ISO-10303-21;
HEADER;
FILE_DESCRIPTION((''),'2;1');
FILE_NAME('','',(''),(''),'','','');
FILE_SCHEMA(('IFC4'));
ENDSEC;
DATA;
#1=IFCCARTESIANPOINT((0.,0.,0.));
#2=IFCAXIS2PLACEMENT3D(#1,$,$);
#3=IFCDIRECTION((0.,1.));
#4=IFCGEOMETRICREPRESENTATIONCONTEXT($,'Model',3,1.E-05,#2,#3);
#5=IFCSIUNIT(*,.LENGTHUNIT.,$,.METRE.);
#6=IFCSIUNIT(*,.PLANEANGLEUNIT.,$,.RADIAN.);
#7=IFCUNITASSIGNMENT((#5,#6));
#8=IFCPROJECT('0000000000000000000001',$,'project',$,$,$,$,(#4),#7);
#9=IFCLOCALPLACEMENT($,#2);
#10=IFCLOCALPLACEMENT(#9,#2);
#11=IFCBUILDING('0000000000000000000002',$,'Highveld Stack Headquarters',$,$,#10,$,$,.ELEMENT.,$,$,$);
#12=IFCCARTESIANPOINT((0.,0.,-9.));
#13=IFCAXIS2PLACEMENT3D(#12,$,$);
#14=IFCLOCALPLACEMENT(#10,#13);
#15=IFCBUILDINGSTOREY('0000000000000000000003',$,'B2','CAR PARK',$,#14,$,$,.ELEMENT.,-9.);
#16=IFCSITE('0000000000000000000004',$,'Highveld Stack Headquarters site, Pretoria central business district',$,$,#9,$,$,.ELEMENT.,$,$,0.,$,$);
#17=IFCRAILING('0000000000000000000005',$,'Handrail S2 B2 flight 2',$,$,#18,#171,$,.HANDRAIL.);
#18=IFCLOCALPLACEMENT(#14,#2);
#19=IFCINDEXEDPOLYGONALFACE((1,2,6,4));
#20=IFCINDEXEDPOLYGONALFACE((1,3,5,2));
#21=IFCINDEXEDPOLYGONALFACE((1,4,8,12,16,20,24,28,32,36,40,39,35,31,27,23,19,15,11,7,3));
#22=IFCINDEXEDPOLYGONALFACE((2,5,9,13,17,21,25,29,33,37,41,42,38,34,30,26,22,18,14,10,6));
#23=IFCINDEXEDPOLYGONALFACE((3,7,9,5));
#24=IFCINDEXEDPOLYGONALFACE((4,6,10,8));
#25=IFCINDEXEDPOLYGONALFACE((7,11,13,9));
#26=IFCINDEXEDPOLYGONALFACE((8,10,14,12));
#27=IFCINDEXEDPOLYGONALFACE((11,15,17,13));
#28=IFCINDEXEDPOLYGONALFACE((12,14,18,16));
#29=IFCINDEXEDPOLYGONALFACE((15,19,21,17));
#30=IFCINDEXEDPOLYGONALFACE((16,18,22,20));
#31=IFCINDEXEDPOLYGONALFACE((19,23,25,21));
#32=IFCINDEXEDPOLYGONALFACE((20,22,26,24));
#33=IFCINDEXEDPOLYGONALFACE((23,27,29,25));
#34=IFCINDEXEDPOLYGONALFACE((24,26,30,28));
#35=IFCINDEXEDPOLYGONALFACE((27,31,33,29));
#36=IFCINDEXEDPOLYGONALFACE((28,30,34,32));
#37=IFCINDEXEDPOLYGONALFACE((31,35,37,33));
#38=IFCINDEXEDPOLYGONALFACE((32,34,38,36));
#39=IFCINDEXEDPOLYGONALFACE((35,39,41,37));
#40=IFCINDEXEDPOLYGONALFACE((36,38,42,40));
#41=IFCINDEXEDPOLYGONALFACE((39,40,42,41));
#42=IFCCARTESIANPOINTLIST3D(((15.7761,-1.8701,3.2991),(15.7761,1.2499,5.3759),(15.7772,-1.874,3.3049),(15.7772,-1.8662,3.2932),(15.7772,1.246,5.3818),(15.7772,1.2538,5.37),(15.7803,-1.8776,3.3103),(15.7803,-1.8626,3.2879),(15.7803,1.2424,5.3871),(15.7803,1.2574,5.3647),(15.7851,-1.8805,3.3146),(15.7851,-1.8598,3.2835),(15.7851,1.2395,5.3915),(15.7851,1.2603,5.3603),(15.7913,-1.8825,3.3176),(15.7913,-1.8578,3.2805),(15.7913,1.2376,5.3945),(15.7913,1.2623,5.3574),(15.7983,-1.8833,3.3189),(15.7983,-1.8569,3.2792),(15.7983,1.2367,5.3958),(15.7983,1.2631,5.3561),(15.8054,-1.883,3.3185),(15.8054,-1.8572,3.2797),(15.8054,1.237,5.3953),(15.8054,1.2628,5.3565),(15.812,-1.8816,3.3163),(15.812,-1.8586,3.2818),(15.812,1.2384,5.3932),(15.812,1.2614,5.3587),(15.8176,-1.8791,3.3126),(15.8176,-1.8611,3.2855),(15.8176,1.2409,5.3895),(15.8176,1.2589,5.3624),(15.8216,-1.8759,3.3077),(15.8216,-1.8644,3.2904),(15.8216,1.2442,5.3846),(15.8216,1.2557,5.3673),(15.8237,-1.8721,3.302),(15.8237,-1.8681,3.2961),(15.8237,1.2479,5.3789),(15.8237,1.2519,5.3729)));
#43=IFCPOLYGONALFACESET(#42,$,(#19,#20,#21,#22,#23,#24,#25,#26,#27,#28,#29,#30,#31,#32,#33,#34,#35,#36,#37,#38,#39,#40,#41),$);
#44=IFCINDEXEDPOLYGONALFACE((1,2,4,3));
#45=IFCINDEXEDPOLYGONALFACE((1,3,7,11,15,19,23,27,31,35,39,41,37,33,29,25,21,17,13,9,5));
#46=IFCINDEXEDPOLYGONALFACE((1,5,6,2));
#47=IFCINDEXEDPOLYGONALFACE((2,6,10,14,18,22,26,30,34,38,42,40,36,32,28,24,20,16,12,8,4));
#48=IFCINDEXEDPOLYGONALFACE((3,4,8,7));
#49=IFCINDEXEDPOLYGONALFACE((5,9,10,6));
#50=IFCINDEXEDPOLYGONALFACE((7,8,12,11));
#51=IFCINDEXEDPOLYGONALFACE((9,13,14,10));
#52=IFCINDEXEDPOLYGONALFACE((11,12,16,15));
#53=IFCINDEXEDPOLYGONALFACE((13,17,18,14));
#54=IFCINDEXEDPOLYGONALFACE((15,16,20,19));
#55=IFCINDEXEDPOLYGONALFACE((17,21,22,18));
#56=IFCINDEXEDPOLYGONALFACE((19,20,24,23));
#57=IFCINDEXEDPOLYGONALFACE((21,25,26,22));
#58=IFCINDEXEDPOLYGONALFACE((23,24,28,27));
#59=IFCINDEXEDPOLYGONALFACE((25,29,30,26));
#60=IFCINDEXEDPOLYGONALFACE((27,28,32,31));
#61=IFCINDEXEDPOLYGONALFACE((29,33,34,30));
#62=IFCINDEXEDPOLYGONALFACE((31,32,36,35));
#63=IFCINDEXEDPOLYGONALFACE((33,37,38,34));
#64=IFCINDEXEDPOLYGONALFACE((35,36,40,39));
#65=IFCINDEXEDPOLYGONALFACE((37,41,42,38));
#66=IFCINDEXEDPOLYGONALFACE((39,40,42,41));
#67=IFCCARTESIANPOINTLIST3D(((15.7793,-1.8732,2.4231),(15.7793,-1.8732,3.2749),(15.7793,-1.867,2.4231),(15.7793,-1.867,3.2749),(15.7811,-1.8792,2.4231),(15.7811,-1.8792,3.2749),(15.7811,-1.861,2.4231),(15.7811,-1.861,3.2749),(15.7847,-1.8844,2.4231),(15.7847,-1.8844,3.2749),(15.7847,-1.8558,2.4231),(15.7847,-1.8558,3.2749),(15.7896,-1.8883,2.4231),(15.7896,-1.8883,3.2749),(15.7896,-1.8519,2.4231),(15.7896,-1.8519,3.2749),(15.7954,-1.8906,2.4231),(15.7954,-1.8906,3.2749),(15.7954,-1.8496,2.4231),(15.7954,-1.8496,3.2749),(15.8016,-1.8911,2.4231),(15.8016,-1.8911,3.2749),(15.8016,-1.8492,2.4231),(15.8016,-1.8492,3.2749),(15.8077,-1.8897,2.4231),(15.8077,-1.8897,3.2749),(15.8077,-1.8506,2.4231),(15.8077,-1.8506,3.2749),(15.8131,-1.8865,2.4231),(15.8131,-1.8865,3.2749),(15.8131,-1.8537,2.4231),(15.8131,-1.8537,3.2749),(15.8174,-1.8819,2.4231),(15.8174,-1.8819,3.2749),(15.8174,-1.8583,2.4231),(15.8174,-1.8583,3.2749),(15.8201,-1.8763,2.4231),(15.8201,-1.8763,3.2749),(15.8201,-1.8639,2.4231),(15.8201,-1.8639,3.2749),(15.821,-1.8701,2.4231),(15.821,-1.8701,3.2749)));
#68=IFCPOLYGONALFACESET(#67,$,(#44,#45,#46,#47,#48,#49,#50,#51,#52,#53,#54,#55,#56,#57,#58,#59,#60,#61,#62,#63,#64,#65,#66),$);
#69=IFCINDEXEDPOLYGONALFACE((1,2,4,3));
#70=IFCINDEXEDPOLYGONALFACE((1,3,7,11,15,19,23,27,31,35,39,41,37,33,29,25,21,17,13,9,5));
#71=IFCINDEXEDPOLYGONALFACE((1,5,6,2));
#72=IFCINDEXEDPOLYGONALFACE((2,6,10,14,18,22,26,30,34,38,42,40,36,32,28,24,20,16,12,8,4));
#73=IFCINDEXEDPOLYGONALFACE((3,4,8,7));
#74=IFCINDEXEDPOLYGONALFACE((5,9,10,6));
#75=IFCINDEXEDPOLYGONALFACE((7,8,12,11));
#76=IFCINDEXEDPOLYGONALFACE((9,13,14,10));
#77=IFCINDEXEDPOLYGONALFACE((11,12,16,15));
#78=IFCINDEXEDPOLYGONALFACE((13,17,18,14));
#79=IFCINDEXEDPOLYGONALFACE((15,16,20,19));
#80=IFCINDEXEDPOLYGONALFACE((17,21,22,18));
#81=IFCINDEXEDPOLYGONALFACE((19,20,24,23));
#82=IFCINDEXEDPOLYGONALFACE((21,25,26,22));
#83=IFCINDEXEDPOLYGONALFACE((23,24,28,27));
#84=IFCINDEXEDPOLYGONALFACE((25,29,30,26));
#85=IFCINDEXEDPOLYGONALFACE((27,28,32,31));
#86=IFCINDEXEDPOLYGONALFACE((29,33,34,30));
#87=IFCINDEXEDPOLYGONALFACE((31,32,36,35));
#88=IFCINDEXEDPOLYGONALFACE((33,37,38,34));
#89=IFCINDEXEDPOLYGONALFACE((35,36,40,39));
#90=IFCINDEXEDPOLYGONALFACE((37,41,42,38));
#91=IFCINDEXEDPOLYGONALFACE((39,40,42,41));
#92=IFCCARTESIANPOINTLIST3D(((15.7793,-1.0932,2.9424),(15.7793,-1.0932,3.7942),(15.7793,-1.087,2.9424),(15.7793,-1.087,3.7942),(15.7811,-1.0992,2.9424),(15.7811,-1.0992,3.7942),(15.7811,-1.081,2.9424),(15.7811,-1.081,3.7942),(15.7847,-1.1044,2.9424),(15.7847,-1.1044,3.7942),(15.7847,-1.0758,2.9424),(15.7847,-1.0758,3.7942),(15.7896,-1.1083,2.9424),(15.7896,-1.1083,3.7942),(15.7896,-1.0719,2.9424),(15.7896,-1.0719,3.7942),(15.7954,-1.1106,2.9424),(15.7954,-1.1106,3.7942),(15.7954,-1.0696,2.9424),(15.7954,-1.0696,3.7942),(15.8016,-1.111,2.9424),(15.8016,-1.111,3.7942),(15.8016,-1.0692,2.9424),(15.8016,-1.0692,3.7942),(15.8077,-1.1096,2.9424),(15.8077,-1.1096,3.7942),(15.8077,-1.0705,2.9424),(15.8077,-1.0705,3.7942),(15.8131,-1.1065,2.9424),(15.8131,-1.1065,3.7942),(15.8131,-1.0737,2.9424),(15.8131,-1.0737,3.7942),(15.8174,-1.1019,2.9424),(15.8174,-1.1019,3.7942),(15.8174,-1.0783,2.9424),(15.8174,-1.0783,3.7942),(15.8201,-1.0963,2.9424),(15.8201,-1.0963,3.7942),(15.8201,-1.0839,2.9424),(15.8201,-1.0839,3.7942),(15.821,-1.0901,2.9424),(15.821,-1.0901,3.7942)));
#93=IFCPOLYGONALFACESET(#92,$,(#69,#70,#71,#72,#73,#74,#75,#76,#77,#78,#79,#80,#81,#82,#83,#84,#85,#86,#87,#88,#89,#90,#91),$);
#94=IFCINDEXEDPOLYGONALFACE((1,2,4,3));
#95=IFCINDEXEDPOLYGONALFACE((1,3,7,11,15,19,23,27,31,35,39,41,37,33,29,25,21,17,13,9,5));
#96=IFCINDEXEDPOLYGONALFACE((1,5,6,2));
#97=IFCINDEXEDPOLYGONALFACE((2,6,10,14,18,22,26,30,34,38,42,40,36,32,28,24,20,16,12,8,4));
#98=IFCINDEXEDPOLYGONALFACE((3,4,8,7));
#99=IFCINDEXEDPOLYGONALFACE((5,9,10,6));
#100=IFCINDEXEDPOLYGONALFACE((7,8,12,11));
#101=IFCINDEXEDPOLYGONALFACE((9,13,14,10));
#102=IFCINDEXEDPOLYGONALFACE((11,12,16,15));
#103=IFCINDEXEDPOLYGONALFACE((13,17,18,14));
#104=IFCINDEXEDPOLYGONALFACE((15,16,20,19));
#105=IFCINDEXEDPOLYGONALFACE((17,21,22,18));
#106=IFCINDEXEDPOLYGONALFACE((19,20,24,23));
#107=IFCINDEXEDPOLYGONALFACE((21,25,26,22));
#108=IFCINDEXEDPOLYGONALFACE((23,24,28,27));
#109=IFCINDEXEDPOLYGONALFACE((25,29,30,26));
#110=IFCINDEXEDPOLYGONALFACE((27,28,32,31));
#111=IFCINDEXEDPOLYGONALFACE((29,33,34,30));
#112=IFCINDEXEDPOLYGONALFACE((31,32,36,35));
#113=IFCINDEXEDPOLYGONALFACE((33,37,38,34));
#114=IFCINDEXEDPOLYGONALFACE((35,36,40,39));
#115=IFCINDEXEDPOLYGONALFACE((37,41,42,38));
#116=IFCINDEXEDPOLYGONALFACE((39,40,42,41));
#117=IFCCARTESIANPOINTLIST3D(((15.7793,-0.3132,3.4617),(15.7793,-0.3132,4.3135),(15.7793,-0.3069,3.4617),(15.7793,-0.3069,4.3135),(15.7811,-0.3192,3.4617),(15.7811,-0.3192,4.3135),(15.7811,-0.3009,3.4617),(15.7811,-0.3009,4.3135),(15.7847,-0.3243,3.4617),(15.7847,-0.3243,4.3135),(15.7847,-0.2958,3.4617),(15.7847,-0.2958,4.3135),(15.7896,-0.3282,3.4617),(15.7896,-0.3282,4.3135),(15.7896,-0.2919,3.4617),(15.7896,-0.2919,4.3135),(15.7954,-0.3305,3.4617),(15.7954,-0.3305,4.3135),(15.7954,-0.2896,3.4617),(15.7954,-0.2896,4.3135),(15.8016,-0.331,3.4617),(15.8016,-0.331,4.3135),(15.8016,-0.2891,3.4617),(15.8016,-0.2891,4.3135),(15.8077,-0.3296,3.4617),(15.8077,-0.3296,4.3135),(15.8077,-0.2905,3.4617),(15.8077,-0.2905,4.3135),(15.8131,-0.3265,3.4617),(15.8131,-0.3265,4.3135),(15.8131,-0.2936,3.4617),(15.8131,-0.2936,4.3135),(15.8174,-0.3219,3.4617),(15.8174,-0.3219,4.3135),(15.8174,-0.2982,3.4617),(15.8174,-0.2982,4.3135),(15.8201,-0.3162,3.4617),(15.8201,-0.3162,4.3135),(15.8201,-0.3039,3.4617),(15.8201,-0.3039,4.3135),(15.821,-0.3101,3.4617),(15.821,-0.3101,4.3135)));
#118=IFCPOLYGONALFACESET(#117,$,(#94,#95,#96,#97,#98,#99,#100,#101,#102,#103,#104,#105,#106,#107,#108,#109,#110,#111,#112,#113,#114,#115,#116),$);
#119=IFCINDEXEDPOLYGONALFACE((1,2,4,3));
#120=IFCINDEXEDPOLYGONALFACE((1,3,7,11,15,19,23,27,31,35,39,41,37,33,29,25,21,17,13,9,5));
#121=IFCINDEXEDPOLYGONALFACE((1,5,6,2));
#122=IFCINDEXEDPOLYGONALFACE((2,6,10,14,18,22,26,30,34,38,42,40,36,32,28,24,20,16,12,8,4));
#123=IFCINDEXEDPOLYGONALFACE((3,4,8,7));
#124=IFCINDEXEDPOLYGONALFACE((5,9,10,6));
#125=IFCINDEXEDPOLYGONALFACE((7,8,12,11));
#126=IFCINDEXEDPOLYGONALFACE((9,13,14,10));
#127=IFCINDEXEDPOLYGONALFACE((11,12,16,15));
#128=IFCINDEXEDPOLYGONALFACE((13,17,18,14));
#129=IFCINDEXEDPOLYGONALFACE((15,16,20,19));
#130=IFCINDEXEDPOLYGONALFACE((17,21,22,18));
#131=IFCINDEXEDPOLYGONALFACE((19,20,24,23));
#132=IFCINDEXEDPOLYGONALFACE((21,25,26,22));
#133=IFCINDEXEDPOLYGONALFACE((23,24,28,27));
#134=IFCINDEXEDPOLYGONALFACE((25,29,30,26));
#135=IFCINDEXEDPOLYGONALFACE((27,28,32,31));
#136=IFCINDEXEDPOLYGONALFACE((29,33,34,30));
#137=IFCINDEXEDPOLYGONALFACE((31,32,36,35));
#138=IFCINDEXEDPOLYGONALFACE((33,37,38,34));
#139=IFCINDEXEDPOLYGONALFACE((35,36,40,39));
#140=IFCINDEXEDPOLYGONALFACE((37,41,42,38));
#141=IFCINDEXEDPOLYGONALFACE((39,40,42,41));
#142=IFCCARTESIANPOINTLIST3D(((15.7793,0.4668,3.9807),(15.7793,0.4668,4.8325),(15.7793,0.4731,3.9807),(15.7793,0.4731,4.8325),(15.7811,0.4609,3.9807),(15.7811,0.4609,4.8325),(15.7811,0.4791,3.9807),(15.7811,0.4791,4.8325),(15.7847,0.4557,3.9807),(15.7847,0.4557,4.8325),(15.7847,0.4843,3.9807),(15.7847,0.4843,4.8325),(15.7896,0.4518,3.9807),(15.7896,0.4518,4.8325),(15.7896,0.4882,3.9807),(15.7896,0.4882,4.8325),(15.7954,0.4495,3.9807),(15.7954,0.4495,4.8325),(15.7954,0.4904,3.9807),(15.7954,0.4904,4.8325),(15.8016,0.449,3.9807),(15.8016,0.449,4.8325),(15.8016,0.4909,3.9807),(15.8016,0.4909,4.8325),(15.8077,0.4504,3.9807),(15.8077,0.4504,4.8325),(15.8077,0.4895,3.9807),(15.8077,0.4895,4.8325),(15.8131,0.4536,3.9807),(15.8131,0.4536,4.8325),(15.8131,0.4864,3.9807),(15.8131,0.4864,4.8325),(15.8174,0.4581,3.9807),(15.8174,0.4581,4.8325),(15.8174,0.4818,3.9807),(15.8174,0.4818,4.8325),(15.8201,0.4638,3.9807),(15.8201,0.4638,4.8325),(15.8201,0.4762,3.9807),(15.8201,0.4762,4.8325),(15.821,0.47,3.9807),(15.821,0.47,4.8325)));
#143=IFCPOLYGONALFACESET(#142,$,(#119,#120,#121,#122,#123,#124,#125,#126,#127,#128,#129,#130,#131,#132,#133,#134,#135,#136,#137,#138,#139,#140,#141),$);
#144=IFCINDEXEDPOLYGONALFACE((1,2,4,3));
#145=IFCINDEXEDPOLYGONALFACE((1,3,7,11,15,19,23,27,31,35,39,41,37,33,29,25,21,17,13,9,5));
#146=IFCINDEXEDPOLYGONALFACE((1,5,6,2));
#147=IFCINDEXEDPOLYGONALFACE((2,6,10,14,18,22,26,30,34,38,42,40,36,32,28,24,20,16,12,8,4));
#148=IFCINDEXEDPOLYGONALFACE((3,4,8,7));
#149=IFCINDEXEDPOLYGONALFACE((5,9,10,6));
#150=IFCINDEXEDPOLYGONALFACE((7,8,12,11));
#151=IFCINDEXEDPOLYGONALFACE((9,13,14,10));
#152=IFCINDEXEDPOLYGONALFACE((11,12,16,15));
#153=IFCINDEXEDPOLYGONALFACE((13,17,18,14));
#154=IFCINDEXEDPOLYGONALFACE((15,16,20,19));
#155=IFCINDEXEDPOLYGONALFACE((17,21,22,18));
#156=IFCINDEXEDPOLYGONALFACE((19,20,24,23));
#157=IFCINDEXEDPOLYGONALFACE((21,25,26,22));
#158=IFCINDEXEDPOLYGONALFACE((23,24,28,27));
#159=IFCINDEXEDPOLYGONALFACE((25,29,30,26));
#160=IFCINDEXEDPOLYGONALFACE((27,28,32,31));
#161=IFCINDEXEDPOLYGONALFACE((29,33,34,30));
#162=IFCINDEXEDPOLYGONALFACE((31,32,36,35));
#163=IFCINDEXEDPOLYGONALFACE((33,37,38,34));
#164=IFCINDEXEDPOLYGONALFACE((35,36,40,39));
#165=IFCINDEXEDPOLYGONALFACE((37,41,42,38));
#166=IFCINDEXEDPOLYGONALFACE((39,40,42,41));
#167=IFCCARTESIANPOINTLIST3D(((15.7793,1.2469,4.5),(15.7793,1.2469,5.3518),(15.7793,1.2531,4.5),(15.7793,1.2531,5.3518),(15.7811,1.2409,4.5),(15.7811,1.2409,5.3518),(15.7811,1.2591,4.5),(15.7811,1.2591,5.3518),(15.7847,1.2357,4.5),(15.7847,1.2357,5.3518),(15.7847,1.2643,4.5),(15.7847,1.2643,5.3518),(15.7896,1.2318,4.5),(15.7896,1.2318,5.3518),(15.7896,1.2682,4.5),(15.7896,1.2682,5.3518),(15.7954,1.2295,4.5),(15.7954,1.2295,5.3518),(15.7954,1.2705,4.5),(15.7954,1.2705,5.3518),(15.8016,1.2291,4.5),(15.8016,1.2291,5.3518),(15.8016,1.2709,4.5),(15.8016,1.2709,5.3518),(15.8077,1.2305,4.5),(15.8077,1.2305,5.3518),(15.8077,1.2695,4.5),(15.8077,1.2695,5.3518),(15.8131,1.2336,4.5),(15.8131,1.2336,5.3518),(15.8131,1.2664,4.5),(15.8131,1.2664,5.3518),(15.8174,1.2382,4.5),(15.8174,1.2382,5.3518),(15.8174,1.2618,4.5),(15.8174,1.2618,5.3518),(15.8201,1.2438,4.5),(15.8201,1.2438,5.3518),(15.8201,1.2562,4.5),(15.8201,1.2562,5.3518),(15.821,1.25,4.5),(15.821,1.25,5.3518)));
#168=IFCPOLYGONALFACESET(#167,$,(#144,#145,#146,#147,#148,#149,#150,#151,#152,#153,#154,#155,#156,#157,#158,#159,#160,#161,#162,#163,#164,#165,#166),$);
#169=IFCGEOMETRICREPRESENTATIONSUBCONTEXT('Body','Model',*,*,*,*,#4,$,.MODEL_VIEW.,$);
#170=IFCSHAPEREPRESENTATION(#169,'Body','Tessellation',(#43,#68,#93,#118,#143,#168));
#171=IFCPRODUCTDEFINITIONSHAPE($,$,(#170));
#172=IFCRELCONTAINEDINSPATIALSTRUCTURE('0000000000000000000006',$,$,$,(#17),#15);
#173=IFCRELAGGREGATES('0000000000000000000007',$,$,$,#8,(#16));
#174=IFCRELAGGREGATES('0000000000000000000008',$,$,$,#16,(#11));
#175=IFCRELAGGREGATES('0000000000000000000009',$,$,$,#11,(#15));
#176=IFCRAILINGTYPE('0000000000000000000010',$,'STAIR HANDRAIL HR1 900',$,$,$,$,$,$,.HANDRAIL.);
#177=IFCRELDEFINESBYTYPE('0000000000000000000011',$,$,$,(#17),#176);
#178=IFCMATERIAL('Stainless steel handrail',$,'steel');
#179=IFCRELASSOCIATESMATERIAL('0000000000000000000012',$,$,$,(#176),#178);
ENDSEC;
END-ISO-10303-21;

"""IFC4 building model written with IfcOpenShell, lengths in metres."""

from ifc_helpers import new_model, si_unit, direction, frame, origin, origin_2d, place, context, subcontext, project, spatial, circle, extrude, material, type_object, element, save


model = new_model("IFC4")

# Units and contexts
model_context = context("Model", 3, precision=1e-05, world=origin(), true_north=direction((0.0, 1.0)))
body_context = subcontext(model_context, "Body", "Model", "MODEL_VIEW")
ifc_project = project(units=[si_unit("LENGTHUNIT", "METRE"), si_unit("PLANEANGLEUNIT", "RADIAN")], contexts=[model_context])

# Site, building, storey
site_placement = place(None, origin())
site = spatial("IfcSite", under=ifc_project, at=site_placement, Name="Highveld Stack Headquarters site, Pretoria central business district", CompositionType="ELEMENT", RefElevation=0.0)
building_placement = place(site_placement, origin())
building = spatial("IfcBuilding", under=site, at=building_placement, Name="Highveld Stack Headquarters", CompositionType="ELEMENT")
storey_placement = place(building_placement, frame((0.0, 0.0, -9.0)))
storey = spatial("IfcBuildingStorey", under=building, at=storey_placement, Name="B2", Description="CAR PARK", CompositionType="ELEMENT", Elevation=-9.0)

# Railing
ifc_material_1 = material(Name="Stainless steel handrail", Category="steel")
railing_type = type_object("IfcRailingType", Name="STAIR HANDRAIL HR1 900", PredefinedType="HANDRAIL", material=ifc_material_1)
for number, where, name in (
    (1, (15.8, -1.8701, 2.4231), "Handrail S2 B2 flight 2"),
):
    element("IfcRailing", number, at=place(storey_placement, frame(where)), inside=storey, type_object=railing_type, Name=name, PredefinedType="HANDRAIL", context=body_context, shape_type="SweptSolid", body=[
        extrude(circle(Radius=0.0239, at=origin_2d()), frame((0.0, 0.0, 0.876), z_axis=(0.0, 0.832441, 0.554114), x_axis=(-1.0, 0.0, 0.0)), (0.0, 0.0, 1.0), 3.748),
        extrude(circle(Radius=0.021, at=origin_2d()), origin(), (0.0, 0.0, 1.0), 0.8518),
        extrude(circle(Radius=0.021, at=origin_2d()), frame((0.0, 0.78, 0.5193)), (0.0, 0.0, 1.0), 0.8518),
        extrude(circle(Radius=0.021, at=origin_2d()), frame((0.0, 1.5601, 1.0386)), (0.0, 0.0, 1.0), 0.8518),
        extrude(circle(Radius=0.021, at=origin_2d()), frame((0.0, 2.3401, 1.5576)), (0.0, 0.0, 1.0), 0.8518),
        extrude(circle(Radius=0.021, at=origin_2d()), frame((0.0, 3.1201, 2.0769)), (0.0, 0.0, 1.0), 0.8518),
    ])

save(model, "model.ifc")
